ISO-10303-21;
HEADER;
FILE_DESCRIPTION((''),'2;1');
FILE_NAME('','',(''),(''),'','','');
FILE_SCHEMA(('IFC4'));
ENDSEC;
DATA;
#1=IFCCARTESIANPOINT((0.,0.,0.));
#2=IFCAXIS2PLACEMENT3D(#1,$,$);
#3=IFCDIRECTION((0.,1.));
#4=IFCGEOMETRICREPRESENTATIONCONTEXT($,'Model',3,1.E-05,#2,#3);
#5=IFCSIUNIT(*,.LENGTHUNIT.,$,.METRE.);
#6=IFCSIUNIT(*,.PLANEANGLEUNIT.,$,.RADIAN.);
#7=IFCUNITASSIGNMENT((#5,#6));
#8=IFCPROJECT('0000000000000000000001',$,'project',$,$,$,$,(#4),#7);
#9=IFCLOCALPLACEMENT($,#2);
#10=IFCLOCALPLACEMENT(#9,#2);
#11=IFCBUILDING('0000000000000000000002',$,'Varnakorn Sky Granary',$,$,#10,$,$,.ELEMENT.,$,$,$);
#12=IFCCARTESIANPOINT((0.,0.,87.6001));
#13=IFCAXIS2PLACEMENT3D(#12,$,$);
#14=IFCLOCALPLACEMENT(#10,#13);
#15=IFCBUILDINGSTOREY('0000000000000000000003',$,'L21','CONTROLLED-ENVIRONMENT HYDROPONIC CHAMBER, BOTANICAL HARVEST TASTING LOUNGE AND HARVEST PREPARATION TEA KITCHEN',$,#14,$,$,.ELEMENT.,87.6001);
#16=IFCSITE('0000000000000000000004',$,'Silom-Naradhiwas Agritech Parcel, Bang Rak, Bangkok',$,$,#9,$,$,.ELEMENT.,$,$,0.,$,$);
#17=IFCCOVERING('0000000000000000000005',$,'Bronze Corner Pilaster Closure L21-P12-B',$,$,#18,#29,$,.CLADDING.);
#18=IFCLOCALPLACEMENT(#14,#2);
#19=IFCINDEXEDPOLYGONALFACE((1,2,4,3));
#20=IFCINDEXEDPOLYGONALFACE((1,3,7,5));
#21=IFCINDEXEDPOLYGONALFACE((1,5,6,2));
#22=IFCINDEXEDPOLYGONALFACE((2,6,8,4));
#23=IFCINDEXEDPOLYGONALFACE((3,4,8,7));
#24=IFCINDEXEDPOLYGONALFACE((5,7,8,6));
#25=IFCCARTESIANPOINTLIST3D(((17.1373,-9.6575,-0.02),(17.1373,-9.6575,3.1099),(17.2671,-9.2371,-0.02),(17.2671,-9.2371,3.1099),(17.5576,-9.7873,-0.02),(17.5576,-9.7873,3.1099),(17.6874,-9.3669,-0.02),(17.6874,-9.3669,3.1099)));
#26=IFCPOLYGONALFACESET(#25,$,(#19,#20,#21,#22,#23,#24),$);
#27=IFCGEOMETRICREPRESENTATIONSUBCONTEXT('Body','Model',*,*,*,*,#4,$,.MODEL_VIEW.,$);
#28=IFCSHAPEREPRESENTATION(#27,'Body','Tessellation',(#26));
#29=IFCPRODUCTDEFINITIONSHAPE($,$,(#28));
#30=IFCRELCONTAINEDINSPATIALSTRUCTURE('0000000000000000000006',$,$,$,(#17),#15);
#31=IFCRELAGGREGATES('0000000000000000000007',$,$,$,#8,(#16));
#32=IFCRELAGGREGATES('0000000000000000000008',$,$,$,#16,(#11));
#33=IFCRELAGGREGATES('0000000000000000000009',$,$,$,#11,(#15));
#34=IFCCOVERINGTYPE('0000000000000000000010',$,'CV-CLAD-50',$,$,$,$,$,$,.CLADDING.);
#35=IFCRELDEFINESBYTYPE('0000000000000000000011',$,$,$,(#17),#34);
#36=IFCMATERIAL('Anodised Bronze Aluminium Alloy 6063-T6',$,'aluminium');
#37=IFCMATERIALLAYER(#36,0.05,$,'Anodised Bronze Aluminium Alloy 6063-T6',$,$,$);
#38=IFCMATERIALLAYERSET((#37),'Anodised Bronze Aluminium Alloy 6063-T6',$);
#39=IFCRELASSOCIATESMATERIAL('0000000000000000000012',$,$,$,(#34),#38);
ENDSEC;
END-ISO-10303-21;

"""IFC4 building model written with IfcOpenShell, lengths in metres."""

from ifc_helpers import new_model, si_unit, direction, frame, origin, origin_2d, place, context, subcontext, project, spatial, rectangle, extrude, source, transform, mapped, material, layer, layer_set, type_object, type_shapes, element, save


model = new_model("IFC4")

# Units and contexts
model_context = context("Model", 3, precision=1e-05, world=origin(), true_north=direction((0.0, 1.0)))
body_context = subcontext(model_context, "Body", "Model", "MODEL_VIEW")
ifc_project = project(units=[si_unit("LENGTHUNIT", "METRE"), si_unit("PLANEANGLEUNIT", "RADIAN")], contexts=[model_context])

# Site, building, storey
site_placement = place(None, origin())
site = spatial("IfcSite", under=ifc_project, at=site_placement, Name="Silom-Naradhiwas Agritech Parcel, Bang Rak, Bangkok", CompositionType="ELEMENT", RefElevation=0.0)
building_placement = place(site_placement, origin())
building = spatial("IfcBuilding", under=site, at=building_placement, Name="Varnakorn Sky Granary", CompositionType="ELEMENT")
storey_placement = place(building_placement, frame((0.0, 0.0, 87.6001)))
storey = spatial("IfcBuildingStorey", under=building, at=storey_placement, Name="L21", Description="CONTROLLED-ENVIRONMENT HYDROPONIC CHAMBER, BOTANICAL HARVEST TASTING LOUNGE AND HARVEST PREPARATION TEA KITCHEN", CompositionType="ELEMENT", Elevation=87.6001)

# Shared definitions
ifc_material_1 = material(Name="Anodised Bronze Aluminium Alloy 6063-T6", Category="aluminium")

# Covering
ifc_layer_1 = layer(ifc_material_1, 0.05, Name="Anodised Bronze Aluminium Alloy 6063-T6")
ifc_layer_set_1 = layer_set([ifc_layer_1], Name="Anodised Bronze Aluminium Alloy 6063-T6")
covering_type = type_object("IfcCoveringType", Name="CV-CLAD-50", PredefinedType="CLADDING", material=ifc_layer_set_1)
shared_shape = source(origin(), body_context, "Body", "SweptSolid", [
    extrude(rectangle(XDim=0.4399, YDim=0.4399, at=origin_2d()), origin(), (0.0, 0.0, 1.0), 3.1299),
])
type_shapes(covering_type, [shared_shape])
for number, where, z_axis, x_axis, name in (
    (1, (17.4124, -9.5122, -0.02), (0.0, 0.0, 1.0), (-0.295041, -0.955485, 0.0), "Bronze Corner Pilaster Closure L21-P12-B"),
):
    element("IfcCovering", number, at=place(storey_placement, frame(where, z_axis=z_axis, x_axis=x_axis)), inside=storey, type_object=covering_type, Name=name, PredefinedType="CLADDING", context=body_context, shape_type="MappedRepresentation", body=[
        mapped(shared_shape, transform((0.0, 0.0, 0.0), x_axis=(1.0, 0.0, 0.0), y_axis=(0.0, 1.0, 0.0), z_axis=(0.0, 0.0, 1.0), scale=1.0)),
    ])

save(model, "model.ifc")
